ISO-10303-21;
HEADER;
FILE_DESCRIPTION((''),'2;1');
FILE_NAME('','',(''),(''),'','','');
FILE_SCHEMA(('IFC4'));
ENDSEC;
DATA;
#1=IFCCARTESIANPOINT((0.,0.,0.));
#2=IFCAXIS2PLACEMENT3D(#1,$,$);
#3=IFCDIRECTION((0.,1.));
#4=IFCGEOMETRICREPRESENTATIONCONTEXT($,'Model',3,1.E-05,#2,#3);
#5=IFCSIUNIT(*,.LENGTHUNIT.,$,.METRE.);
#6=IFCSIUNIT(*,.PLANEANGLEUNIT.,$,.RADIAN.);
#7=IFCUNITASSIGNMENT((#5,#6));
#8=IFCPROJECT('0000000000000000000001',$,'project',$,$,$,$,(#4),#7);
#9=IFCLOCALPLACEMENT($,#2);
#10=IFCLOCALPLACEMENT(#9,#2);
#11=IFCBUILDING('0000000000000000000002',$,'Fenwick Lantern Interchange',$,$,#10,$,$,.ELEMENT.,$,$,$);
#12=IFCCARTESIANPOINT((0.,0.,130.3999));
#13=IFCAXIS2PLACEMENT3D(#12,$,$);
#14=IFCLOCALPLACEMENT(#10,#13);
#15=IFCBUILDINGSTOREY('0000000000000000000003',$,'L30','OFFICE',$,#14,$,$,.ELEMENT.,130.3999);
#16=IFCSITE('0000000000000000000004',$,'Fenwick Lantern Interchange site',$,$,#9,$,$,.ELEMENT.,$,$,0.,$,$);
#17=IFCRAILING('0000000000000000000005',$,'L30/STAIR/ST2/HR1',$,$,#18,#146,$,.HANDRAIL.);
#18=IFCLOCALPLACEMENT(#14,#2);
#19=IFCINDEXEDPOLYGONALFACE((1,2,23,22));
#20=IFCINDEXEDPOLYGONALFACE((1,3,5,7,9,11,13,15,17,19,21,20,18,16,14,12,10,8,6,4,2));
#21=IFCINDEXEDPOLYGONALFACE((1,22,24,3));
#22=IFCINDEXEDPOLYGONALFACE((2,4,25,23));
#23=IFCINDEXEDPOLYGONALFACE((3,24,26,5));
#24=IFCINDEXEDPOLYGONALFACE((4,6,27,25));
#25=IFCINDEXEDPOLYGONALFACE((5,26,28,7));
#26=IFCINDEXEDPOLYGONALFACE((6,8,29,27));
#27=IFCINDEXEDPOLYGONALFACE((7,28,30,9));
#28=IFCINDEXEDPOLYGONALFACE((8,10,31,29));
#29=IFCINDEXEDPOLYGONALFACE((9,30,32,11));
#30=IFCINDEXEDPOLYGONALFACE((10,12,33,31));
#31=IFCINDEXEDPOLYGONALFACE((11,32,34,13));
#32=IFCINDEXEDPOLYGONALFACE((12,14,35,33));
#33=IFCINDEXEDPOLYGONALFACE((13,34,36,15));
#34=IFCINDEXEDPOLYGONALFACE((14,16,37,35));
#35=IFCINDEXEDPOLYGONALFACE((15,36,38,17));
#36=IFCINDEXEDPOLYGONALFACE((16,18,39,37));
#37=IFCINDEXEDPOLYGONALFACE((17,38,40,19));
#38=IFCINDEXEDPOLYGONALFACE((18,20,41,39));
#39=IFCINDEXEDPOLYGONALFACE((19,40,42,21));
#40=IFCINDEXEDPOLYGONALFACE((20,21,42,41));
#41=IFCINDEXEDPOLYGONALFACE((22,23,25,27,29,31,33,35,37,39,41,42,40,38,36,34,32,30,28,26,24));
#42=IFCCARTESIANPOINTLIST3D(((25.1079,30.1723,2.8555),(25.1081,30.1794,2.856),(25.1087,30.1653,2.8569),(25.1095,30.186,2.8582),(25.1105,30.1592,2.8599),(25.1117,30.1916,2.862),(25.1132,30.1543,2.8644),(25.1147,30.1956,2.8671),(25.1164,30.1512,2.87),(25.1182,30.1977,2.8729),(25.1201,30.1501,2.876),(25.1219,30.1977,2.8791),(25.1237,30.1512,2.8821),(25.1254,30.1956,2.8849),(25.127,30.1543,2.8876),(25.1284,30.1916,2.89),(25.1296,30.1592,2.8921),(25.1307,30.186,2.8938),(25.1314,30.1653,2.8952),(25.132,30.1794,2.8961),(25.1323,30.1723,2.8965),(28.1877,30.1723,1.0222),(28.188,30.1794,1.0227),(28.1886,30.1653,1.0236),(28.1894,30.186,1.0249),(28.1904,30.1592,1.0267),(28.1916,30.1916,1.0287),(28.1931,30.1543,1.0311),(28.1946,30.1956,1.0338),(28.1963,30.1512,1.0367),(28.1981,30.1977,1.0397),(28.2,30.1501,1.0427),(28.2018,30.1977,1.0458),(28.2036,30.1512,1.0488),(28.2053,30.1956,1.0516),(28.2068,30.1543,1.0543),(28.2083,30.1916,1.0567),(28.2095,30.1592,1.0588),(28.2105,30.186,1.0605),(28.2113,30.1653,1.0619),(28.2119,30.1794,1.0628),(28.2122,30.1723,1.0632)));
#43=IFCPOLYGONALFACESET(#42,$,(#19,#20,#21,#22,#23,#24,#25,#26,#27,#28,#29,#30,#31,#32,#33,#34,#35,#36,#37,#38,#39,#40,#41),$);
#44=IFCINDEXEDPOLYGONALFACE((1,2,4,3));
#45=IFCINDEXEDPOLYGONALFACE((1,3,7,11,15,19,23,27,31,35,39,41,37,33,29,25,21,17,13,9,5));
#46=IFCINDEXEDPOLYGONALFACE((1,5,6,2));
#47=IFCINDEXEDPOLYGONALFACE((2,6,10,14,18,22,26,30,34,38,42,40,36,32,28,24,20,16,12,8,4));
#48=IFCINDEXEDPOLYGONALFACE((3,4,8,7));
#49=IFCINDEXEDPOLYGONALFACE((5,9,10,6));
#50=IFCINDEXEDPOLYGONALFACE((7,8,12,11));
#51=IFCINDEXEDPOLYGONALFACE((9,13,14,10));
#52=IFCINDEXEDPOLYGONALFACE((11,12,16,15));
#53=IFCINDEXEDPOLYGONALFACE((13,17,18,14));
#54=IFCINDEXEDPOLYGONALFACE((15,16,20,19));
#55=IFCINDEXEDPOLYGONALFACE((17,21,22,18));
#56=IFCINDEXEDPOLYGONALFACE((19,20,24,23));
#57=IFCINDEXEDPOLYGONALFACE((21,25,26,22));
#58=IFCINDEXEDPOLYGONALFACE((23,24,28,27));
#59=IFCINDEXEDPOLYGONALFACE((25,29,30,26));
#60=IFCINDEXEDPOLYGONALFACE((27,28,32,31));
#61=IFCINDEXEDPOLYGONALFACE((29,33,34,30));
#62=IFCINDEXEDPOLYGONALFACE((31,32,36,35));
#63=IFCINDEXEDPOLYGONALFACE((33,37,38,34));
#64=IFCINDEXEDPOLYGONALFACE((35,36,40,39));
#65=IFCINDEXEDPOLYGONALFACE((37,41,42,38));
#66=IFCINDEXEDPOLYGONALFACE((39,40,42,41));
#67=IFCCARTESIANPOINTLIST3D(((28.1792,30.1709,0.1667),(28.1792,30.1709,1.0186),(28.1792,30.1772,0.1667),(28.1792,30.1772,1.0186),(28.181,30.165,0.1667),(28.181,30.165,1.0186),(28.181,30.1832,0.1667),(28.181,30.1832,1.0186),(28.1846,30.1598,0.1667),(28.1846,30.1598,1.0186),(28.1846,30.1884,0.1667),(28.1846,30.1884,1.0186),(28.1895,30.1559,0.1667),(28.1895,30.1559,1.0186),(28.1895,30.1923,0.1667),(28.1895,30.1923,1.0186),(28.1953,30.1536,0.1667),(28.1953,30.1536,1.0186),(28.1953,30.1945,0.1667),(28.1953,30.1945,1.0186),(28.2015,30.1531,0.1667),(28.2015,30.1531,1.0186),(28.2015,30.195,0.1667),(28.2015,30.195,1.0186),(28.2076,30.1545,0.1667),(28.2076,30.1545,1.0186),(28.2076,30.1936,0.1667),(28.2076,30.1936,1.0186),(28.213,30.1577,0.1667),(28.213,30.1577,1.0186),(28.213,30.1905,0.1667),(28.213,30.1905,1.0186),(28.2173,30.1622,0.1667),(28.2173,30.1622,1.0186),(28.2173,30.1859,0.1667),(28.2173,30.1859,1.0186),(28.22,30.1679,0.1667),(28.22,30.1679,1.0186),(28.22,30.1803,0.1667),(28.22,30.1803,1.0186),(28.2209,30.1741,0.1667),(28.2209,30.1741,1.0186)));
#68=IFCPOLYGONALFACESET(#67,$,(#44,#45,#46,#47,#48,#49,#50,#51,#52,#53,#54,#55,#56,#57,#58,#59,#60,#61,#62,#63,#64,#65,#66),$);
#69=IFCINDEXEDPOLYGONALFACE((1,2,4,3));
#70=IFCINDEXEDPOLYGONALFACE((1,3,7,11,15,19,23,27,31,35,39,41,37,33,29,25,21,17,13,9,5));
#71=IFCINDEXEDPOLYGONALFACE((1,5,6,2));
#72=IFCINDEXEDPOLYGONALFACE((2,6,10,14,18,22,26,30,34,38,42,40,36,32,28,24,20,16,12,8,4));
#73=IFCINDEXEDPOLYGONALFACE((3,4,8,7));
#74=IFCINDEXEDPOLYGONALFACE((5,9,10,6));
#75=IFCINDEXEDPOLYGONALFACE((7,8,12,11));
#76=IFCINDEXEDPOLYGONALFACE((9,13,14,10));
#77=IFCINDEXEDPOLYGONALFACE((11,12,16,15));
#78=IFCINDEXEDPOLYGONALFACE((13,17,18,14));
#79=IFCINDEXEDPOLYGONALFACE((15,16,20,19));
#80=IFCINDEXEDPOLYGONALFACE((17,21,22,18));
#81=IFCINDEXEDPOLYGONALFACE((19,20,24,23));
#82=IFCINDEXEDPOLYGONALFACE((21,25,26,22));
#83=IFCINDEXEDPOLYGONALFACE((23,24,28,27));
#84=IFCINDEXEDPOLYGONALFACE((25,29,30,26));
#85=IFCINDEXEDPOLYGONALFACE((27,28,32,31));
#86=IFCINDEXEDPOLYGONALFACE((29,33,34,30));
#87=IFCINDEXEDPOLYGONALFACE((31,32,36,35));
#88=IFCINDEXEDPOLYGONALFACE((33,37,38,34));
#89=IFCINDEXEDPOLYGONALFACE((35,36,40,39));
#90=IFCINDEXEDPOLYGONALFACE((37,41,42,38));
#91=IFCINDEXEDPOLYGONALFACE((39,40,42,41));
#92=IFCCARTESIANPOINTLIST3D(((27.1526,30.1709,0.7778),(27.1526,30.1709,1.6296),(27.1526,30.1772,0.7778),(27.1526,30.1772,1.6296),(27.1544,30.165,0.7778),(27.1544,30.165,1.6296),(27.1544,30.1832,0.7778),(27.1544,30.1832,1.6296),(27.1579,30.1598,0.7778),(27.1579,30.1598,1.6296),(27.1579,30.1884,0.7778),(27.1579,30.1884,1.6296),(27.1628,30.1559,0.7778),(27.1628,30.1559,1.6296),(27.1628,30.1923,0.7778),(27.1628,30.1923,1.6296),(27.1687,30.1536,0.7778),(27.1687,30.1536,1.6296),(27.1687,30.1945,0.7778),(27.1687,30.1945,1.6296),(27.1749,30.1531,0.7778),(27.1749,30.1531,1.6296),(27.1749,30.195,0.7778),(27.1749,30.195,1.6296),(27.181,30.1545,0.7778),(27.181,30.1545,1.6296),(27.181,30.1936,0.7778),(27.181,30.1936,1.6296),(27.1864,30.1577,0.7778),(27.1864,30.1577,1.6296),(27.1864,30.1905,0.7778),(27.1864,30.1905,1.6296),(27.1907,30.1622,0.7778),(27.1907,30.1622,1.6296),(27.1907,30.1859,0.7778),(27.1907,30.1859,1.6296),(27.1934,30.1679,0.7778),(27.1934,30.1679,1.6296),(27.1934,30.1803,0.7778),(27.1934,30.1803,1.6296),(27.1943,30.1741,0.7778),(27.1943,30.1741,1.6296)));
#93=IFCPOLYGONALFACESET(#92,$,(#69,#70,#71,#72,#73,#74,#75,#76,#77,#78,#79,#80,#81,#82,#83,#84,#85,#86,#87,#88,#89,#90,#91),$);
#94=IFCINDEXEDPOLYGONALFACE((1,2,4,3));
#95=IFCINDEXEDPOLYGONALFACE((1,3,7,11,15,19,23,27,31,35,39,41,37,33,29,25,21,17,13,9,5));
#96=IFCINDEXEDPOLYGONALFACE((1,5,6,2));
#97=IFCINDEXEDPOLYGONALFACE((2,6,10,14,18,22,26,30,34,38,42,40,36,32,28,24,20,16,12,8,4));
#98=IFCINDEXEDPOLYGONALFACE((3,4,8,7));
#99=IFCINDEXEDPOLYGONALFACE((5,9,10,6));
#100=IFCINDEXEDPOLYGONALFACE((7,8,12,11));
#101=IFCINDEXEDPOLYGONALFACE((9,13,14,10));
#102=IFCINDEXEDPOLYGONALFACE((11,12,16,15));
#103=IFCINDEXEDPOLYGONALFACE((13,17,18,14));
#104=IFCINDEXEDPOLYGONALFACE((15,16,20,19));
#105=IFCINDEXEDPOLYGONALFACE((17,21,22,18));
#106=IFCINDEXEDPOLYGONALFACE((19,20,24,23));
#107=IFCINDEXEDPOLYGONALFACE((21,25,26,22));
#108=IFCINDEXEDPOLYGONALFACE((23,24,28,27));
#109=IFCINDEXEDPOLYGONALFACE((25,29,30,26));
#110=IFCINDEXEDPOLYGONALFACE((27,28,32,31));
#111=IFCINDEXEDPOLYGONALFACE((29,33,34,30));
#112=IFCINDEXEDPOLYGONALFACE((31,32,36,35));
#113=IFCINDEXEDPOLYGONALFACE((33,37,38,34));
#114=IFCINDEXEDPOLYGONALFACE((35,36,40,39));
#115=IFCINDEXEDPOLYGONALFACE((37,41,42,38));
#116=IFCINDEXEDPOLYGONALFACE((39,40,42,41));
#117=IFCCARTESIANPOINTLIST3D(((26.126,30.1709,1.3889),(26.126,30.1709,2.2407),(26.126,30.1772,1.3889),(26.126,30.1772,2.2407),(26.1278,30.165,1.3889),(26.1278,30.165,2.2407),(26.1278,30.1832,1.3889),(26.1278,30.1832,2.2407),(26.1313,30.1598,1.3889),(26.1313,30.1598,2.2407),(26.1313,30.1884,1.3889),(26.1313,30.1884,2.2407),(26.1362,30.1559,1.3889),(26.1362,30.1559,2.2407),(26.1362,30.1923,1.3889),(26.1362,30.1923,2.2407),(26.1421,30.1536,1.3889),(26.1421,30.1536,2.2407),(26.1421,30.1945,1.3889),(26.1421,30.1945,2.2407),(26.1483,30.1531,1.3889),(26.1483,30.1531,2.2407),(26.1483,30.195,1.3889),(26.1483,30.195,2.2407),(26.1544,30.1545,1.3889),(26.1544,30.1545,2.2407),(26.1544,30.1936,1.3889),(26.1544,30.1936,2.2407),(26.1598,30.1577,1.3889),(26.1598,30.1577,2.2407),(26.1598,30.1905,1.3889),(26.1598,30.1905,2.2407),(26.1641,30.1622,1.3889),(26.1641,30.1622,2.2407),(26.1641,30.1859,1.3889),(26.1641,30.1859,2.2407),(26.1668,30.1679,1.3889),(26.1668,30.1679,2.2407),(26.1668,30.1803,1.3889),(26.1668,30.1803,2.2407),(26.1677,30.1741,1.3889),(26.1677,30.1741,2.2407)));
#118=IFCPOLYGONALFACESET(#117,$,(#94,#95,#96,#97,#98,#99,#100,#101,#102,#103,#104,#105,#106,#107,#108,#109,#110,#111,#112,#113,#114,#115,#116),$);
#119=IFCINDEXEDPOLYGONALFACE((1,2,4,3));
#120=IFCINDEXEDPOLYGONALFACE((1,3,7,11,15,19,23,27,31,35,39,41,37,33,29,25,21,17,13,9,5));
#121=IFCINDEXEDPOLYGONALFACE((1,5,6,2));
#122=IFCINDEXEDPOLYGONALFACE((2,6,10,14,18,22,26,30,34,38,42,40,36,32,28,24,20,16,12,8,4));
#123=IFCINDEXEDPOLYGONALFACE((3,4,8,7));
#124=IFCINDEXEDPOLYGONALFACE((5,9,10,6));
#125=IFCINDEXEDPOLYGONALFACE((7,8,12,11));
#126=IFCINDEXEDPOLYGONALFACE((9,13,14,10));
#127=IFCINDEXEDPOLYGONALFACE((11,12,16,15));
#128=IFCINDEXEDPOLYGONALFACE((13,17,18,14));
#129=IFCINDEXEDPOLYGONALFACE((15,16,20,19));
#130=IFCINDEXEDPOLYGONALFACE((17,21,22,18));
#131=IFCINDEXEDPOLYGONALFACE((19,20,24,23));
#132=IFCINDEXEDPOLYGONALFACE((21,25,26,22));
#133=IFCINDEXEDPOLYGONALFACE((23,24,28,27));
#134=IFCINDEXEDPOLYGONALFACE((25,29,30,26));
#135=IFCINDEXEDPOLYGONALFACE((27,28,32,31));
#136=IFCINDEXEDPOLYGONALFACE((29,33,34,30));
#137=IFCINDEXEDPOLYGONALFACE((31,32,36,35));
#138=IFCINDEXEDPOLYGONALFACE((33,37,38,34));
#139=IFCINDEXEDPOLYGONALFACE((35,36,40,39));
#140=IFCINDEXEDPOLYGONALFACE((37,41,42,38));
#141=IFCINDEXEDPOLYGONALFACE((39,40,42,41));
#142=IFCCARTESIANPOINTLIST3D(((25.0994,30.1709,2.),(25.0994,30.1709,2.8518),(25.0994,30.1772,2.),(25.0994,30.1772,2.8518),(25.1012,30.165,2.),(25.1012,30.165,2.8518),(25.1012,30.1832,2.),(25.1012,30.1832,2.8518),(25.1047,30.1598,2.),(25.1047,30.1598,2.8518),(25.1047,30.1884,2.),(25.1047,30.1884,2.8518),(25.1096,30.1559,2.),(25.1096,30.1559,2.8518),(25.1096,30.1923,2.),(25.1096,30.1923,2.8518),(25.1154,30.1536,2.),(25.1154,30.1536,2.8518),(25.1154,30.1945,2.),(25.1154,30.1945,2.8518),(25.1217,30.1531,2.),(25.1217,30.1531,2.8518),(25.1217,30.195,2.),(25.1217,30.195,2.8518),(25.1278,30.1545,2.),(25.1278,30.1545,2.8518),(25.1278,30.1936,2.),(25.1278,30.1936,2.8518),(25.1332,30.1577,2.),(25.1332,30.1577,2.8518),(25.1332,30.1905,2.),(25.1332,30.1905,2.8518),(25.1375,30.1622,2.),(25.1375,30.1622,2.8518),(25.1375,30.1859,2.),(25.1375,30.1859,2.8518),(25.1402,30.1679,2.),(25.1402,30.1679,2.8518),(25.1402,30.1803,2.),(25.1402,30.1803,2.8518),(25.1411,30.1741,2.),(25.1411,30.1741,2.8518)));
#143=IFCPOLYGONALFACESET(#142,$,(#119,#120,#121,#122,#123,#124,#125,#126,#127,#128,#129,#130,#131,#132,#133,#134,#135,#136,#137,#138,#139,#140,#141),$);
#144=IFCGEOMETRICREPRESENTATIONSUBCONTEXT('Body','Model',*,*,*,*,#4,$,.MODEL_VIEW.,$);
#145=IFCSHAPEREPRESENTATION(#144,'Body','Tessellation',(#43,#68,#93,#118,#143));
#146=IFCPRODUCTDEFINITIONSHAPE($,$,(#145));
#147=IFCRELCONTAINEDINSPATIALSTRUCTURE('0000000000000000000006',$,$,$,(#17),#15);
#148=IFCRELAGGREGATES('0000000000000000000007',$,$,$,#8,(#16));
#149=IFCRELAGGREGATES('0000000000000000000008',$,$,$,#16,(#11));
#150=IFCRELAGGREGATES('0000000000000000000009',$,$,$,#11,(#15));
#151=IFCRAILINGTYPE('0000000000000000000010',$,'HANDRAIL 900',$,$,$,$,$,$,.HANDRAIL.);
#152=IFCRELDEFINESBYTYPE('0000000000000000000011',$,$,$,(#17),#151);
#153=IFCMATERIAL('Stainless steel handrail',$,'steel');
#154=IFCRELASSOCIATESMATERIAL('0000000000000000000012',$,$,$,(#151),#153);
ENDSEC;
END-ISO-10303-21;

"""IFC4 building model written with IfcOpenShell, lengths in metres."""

from ifc_helpers import new_model, si_unit, direction, frame, origin, origin_2d, place, context, subcontext, project, spatial, circle, extrude, material, type_object, element, save


model = new_model("IFC4")

# Units and contexts
model_context = context("Model", 3, precision=1e-05, world=origin(), true_north=direction((0.0, 1.0)))
body_context = subcontext(model_context, "Body", "Model", "MODEL_VIEW")
ifc_project = project(units=[si_unit("LENGTHUNIT", "METRE"), si_unit("PLANEANGLEUNIT", "RADIAN")], contexts=[model_context])

# Site, building, storey
site_placement = place(None, origin())
site = spatial("IfcSite", under=ifc_project, at=site_placement, Name="Fenwick Lantern Interchange site", CompositionType="ELEMENT", RefElevation=0.0)
building_placement = place(site_placement, origin())
building = spatial("IfcBuilding", under=site, at=building_placement, Name="Fenwick Lantern Interchange", CompositionType="ELEMENT")
storey_placement = place(building_placement, frame((0.0, 0.0, 130.3999)))
storey = spatial("IfcBuildingStorey", under=building, at=storey_placement, Name="L30", Description="OFFICE", CompositionType="ELEMENT", Elevation=130.3999)

# Railing
ifc_material_1 = material(Name="Stainless steel handrail", Category="steel")
railing_type = type_object("IfcRailingType", Name="HANDRAIL 900", PredefinedType="HANDRAIL", material=ifc_material_1)
railing_1_placement = place(storey_placement, frame((28.2, 30.1741, 0.1667)))
element("IfcRailing", 1, at=railing_1_placement, inside=storey, type_object=railing_type, Name="L30/STAIR/ST2/HR1", PredefinedType="HANDRAIL", context=body_context, shape_type="SweptSolid", body=[
    extrude(circle(Radius=0.0239, at=origin_2d()), frame((0.0, 0.0, 0.876), z_axis=(-0.859291, 0.0, 0.511487), x_axis=(0.0, -1.0, 0.0)), (0.0, 0.0, 1.0), 3.5842),
    extrude(circle(Radius=0.021, at=origin_2d()), origin(), (0.0, 0.0, 1.0), 0.8518),
    extrude(circle(Radius=0.021, at=origin_2d()), frame((-1.0266, 0.0, 0.6111)), (0.0, 0.0, 1.0), 0.8518),
    extrude(circle(Radius=0.021, at=origin_2d()), frame((-2.0532, 0.0, 1.2222)), (0.0, 0.0, 1.0), 0.8518),
    extrude(circle(Radius=0.021, at=origin_2d()), frame((-3.0798, 0.0, 1.8333)), (0.0, 0.0, 1.0), 0.8518),
])

save(model, "model.ifc")
